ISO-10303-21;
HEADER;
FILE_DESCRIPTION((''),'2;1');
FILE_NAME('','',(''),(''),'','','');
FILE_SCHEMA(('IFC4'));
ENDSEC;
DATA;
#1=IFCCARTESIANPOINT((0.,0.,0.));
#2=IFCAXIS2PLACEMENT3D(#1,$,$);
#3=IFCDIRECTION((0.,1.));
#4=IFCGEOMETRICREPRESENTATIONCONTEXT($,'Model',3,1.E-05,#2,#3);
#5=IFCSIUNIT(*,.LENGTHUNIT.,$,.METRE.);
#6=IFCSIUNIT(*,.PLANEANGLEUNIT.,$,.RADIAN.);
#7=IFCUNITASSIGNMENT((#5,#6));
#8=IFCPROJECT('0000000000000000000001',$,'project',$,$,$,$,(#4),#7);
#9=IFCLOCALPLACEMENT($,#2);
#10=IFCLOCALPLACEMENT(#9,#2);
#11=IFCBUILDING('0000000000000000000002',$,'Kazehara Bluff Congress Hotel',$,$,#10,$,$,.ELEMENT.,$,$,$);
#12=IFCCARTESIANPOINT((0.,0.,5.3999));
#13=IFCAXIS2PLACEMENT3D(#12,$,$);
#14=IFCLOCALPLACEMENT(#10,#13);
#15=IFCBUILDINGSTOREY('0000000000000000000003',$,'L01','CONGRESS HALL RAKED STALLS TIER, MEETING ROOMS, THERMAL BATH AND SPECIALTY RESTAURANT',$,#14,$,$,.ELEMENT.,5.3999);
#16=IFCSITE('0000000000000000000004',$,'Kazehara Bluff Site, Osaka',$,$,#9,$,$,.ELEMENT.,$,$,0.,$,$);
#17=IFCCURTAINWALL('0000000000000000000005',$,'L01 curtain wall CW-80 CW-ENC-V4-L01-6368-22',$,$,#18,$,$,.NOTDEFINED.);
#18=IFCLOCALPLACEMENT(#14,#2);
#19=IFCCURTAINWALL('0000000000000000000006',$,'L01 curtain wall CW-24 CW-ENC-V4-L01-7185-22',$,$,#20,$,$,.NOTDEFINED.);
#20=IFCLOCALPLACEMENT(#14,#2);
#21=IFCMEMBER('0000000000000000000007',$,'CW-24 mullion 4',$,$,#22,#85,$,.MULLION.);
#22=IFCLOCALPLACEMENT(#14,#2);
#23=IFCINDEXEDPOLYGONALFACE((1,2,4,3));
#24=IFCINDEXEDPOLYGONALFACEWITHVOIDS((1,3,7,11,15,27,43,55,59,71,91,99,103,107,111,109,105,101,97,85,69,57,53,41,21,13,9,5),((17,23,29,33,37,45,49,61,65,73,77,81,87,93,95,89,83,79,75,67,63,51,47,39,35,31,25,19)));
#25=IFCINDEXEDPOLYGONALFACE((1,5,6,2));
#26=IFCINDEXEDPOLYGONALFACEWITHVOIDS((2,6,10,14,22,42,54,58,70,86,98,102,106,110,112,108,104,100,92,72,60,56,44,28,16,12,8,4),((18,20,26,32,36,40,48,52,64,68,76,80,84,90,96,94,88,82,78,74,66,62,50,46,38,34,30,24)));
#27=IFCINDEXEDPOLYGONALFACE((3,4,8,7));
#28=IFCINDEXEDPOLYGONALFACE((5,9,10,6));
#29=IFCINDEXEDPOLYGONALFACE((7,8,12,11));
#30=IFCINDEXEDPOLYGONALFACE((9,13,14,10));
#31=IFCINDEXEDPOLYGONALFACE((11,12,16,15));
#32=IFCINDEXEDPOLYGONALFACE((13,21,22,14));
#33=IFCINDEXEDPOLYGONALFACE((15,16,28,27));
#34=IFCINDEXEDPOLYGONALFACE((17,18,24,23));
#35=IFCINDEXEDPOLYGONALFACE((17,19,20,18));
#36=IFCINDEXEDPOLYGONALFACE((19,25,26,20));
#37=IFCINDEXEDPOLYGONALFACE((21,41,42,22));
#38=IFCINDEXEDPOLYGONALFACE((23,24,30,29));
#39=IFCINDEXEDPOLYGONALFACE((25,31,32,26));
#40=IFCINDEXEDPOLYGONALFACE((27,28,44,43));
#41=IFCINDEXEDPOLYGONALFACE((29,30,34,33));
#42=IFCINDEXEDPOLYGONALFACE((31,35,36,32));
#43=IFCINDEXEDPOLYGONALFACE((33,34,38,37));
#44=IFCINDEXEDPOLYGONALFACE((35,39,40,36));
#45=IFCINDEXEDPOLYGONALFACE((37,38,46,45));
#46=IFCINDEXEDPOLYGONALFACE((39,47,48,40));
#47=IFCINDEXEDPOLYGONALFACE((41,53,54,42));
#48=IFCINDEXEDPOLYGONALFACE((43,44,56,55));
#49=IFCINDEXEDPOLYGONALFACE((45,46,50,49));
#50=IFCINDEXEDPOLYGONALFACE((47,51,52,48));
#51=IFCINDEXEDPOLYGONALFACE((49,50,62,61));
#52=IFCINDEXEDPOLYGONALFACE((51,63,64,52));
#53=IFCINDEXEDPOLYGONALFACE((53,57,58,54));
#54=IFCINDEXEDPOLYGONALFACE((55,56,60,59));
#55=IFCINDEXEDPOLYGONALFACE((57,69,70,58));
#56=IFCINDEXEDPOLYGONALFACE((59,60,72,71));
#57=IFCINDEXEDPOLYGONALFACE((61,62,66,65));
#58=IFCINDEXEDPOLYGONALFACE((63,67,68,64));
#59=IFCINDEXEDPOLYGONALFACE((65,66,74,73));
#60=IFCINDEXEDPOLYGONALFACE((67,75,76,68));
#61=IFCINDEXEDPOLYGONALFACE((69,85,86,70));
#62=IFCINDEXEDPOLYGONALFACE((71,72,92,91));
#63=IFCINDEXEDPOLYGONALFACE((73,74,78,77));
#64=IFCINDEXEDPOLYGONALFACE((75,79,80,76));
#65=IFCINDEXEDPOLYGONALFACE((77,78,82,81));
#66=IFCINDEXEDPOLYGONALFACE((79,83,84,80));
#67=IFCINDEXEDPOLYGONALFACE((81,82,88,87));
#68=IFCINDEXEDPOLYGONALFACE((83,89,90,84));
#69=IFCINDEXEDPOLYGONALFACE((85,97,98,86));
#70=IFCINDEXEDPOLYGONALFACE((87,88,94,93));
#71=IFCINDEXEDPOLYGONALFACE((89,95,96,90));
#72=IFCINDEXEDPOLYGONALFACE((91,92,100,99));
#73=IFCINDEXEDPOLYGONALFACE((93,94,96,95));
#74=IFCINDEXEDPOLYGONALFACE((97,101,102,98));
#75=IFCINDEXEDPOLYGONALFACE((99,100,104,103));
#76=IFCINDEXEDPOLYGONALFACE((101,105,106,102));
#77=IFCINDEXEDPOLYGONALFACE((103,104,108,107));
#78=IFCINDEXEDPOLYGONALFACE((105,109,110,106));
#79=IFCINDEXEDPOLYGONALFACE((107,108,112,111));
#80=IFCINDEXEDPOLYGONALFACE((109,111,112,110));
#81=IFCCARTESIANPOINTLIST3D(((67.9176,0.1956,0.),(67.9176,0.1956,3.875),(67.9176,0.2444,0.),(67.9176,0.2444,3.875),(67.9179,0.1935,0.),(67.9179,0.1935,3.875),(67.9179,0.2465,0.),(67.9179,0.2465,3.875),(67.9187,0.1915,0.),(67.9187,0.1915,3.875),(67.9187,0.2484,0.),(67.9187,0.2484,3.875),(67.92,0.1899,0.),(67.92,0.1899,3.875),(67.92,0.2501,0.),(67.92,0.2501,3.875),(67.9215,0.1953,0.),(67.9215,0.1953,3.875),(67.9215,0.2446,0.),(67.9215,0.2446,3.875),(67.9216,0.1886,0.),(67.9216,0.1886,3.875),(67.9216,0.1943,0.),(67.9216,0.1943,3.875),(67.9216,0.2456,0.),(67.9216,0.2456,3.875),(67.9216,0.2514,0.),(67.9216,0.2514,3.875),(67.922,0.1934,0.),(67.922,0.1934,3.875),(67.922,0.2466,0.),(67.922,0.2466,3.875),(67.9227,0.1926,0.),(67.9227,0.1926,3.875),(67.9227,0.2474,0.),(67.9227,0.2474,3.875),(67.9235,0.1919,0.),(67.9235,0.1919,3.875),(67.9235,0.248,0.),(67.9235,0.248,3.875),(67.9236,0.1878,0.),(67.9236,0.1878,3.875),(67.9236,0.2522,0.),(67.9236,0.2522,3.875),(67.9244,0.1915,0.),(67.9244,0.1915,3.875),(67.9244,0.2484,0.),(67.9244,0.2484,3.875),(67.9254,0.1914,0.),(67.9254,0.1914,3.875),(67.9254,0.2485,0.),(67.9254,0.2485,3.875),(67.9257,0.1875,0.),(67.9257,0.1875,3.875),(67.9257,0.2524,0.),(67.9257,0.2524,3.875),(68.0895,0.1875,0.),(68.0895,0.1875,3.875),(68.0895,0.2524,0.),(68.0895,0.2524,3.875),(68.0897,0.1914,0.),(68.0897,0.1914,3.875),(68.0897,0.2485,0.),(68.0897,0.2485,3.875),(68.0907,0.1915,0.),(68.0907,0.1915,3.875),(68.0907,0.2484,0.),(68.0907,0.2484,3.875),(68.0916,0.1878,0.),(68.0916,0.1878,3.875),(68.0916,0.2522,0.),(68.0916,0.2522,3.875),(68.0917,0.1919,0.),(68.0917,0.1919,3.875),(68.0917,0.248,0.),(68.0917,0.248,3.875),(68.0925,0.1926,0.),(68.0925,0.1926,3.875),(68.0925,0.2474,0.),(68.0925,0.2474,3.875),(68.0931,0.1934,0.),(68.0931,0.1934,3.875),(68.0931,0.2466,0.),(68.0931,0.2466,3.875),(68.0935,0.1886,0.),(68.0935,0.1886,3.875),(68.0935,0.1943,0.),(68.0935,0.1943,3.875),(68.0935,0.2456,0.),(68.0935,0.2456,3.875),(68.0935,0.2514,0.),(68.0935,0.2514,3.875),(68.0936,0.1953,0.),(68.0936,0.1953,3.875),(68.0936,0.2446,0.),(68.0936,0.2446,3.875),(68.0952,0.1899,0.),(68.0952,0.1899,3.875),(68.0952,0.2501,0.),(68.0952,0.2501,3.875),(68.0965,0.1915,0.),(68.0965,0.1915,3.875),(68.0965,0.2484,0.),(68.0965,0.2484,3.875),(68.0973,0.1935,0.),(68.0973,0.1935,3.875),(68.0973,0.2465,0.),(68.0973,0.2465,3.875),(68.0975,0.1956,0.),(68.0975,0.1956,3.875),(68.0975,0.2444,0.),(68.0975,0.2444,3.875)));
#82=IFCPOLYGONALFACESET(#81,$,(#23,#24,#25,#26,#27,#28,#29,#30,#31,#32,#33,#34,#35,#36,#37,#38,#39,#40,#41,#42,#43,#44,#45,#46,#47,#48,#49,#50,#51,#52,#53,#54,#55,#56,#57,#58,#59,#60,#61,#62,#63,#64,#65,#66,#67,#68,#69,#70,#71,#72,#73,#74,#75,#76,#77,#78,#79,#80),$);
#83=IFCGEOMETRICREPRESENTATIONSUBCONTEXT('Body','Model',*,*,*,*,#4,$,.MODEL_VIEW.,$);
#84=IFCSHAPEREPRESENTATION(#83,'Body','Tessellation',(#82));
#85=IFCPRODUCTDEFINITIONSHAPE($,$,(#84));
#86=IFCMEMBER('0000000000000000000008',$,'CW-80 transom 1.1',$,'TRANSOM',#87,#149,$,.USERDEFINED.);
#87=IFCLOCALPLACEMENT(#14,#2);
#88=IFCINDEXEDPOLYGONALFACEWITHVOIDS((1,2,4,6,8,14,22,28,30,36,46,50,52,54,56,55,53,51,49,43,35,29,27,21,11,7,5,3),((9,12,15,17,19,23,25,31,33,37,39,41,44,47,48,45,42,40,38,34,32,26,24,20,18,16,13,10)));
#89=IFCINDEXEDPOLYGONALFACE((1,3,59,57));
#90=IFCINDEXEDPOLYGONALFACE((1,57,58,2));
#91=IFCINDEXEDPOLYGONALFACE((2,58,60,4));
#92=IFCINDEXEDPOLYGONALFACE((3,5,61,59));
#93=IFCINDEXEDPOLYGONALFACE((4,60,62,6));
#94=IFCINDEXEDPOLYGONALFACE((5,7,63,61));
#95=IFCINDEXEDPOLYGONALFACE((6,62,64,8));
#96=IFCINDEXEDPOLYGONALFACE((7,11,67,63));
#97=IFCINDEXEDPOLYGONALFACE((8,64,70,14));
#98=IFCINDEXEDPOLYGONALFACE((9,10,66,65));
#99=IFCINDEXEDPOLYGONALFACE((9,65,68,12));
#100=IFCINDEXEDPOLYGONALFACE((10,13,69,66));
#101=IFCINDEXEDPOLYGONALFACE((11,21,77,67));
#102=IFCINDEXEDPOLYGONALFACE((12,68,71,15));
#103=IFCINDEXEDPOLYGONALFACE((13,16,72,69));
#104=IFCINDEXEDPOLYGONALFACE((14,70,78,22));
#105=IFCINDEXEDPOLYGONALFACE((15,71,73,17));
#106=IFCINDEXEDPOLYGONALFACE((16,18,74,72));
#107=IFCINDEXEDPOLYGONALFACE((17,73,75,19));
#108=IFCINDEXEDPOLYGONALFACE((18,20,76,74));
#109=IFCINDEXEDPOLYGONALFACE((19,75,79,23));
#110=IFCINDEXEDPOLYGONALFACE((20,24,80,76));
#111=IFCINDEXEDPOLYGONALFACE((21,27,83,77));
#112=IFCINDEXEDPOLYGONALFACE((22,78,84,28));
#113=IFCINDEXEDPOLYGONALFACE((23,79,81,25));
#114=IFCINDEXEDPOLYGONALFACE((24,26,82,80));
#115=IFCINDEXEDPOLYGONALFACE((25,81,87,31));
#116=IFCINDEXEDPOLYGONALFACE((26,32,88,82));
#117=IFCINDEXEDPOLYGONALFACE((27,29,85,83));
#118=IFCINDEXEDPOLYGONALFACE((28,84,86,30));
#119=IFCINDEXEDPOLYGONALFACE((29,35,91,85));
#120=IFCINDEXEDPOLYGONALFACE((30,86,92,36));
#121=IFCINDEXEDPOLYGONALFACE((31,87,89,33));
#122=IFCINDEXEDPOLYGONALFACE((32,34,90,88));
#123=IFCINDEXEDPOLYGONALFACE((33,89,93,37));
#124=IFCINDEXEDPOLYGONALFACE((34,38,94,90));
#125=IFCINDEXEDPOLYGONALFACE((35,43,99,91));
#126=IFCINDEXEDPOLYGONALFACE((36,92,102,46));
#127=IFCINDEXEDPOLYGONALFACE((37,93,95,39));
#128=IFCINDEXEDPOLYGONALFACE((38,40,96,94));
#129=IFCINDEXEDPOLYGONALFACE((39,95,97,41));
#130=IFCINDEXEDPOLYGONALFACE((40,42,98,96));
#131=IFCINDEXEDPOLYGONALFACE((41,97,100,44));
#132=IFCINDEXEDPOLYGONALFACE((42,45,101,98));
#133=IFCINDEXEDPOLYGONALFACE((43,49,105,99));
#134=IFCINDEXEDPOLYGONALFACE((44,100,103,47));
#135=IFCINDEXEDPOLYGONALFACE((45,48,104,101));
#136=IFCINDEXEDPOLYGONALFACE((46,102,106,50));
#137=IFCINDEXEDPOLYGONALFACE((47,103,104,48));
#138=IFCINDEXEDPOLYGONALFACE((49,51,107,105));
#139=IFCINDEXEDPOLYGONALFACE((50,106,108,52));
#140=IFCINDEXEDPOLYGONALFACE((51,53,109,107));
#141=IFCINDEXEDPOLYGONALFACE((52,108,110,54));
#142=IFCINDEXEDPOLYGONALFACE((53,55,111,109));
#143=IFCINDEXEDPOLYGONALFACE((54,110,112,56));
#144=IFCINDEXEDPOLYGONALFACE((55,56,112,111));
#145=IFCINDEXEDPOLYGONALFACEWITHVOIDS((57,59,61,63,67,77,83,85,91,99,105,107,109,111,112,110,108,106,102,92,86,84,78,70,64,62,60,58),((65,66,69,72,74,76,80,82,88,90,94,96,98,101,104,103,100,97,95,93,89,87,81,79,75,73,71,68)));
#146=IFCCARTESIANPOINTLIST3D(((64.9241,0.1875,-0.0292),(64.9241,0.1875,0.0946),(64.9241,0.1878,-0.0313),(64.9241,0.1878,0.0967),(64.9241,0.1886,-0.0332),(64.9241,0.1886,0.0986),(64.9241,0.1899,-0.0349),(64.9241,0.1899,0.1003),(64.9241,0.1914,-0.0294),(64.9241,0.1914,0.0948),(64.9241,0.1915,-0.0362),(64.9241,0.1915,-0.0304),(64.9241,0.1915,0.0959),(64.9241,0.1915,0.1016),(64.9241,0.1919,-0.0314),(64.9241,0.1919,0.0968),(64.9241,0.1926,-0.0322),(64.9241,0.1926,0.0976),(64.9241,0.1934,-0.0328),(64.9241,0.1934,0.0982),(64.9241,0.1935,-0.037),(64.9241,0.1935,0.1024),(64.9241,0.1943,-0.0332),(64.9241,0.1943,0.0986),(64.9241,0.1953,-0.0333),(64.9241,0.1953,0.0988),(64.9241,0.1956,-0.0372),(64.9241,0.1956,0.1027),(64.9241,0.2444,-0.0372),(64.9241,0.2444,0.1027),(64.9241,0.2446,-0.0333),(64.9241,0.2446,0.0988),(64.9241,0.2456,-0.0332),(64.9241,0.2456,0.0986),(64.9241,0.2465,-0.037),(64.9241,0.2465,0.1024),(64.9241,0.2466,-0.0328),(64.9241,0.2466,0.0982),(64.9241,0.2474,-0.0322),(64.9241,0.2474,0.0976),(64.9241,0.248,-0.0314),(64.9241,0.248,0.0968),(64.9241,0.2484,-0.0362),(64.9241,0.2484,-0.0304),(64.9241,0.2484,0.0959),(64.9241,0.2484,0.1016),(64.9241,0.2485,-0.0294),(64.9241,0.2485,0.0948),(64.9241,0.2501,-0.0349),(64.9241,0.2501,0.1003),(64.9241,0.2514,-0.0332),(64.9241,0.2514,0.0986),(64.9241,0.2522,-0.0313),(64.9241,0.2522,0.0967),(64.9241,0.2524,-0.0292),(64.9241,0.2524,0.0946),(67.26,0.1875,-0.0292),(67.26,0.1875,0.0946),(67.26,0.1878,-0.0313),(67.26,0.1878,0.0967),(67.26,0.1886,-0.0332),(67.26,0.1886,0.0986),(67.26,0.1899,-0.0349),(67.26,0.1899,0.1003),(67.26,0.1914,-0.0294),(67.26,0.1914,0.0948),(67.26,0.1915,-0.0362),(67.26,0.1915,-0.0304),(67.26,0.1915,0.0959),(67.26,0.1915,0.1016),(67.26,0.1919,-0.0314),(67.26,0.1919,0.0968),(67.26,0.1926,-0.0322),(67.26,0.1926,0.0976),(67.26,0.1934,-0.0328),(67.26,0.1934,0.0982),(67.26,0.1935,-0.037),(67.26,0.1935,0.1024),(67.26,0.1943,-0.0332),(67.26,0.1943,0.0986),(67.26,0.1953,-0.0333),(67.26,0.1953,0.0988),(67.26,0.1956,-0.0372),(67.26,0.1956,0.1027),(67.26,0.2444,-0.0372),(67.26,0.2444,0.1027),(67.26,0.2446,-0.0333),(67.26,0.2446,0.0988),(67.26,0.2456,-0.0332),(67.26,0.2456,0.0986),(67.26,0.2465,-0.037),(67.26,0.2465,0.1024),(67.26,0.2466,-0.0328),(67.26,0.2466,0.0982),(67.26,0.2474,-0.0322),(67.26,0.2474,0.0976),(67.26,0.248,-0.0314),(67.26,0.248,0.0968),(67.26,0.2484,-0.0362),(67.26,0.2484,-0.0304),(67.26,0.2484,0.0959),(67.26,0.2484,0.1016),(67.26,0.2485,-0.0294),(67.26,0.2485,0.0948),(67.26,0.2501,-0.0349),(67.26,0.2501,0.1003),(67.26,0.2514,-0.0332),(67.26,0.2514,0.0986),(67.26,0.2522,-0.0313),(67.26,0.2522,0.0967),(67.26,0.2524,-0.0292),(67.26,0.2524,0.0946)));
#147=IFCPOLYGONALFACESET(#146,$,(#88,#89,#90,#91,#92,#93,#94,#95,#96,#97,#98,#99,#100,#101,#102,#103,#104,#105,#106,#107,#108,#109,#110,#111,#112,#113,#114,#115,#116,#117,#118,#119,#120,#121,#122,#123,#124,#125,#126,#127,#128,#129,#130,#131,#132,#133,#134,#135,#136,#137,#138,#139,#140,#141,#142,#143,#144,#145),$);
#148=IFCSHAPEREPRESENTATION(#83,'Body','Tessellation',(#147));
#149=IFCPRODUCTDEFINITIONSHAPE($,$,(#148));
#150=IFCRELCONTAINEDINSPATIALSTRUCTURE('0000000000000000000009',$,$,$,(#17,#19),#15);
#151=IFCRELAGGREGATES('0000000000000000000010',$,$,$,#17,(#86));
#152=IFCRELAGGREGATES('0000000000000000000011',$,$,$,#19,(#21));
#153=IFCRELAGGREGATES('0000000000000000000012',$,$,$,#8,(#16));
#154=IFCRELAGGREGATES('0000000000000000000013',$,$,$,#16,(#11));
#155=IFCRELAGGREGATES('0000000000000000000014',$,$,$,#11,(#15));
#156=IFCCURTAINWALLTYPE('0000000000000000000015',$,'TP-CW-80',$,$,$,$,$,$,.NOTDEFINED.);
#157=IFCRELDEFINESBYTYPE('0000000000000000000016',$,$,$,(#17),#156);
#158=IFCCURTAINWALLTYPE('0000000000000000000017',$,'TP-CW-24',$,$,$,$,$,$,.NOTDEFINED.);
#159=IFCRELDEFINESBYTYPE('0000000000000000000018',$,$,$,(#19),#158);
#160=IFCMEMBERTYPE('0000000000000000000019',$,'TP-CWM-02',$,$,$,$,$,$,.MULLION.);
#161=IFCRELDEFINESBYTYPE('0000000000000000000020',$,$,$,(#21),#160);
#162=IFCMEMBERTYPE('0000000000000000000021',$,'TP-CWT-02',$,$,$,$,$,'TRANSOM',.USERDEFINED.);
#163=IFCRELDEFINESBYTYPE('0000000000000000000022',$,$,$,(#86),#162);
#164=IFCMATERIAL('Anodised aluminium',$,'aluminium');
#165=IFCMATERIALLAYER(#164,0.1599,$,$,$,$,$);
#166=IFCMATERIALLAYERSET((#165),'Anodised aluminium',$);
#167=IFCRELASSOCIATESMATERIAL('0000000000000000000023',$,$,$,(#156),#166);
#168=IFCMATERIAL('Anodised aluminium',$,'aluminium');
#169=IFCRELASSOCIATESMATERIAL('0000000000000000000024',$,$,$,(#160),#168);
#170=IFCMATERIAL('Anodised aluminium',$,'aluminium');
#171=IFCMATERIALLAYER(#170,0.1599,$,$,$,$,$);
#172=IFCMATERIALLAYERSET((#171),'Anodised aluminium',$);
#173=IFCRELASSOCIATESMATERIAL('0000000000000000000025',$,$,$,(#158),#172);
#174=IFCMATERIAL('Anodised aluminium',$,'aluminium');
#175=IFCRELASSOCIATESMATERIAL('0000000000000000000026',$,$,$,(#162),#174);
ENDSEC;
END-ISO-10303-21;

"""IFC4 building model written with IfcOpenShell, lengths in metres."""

from ifc_helpers import new_model, si_unit, direction, frame, origin, origin_2d, place, context, subcontext, project, spatial, hollow_rectangle, extrude, material, layer, layer_set, material_profile, profile_set, type_object, element, aggregate, save


model = new_model("IFC4")

# Units and contexts
model_context = context("Model", 3, precision=1e-05, world=origin(), true_north=direction((0.0, 1.0)))
body_context = subcontext(model_context, "Body", "Model", "MODEL_VIEW")
ifc_project = project(units=[si_unit("LENGTHUNIT", "METRE"), si_unit("PLANEANGLEUNIT", "RADIAN")], contexts=[model_context])

# Site, building, storey
site_placement = place(None, origin())
site = spatial("IfcSite", under=ifc_project, at=site_placement, Name="Kazehara Bluff Site, Osaka", CompositionType="ELEMENT", RefElevation=0.0)
building_placement = place(site_placement, origin())
building = spatial("IfcBuilding", under=site, at=building_placement, Name="Kazehara Bluff Congress Hotel", CompositionType="ELEMENT")
storey_placement = place(building_placement, frame((0.0, 0.0, 5.3999)))
storey = spatial("IfcBuildingStorey", under=building, at=storey_placement, Name="L01", Description="CONGRESS HALL RAKED STALLS TIER, MEETING ROOMS, THERMAL BATH AND SPECIALTY RESTAURANT", CompositionType="ELEMENT", Elevation=5.3999)

# Curtain wall
ifc_material_1 = material(Name="Anodised aluminium", Category="aluminium")
ifc_layer_1 = layer(ifc_material_1, 0.1599)
ifc_layer_set_1 = layer_set([ifc_layer_1], Name="Anodised aluminium")
curtain_wall_type_1 = type_object("IfcCurtainWallType", Name="TP-CW-80", PredefinedType="NOTDEFINED", material=ifc_layer_set_1)
curtain_wall_1_placement = place(storey_placement, origin())
curtain_wall_1 = element("IfcCurtainWall", 1, at=curtain_wall_1_placement, inside=storey, type_object=curtain_wall_type_1, Name="L01 curtain wall CW-80 CW-ENC-V4-L01-6368-22", PredefinedType="NOTDEFINED")
ifc_material_2 = material(Name="Anodised aluminium", Category="aluminium")
ifc_material_profile_1 = material_profile(ifc_material_2, hollow_rectangle(XDim=0.0649, YDim=0.1799, WallThickness=0.0039, InnerFilletRadius=0.0039, OuterFilletRadius=0.0081, at=origin_2d()))
ifc_profile_set_1 = profile_set([ifc_material_profile_1], Name="Anodised aluminium")
member_type_1 = type_object("IfcMemberType", Name="TP-CWM-02", PredefinedType="MULLION", material=ifc_profile_set_1)

# Curtain wall, member
ifc_material_3 = material(Name="Anodised aluminium", Category="aluminium")
ifc_layer_2 = layer(ifc_material_3, 0.1599)
ifc_layer_set_2 = layer_set([ifc_layer_2], Name="Anodised aluminium")
curtain_wall_type_2 = type_object("IfcCurtainWallType", Name="TP-CW-24", PredefinedType="NOTDEFINED", material=ifc_layer_set_2)
curtain_wall_2_placement = place(storey_placement, origin())
curtain_wall_2 = element("IfcCurtainWall", 2, at=curtain_wall_2_placement, inside=storey, type_object=curtain_wall_type_2, Name="L01 curtain wall CW-24 CW-ENC-V4-L01-7185-22", PredefinedType="NOTDEFINED")
member_1_placement = place(storey_placement, frame((68.0076, 0.22, 0.0), z_axis=(0.0, 0.0, 1.0), x_axis=(0.0, -1.0, 0.0)))
member_1 = element("IfcMember", 3, at=member_1_placement, type_object=member_type_1, Name="CW-24 mullion 4", PredefinedType="MULLION", context=body_context, shape_type="SweptSolid", body=[
    extrude(hollow_rectangle(XDim=0.0649, YDim=0.1799, WallThickness=0.0039, InnerFilletRadius=0.0039, OuterFilletRadius=0.0081, at=origin_2d()), origin(), (0.0, 0.0, 1.0), 3.875),
])

# Member
ifc_material_4 = material(Name="Anodised aluminium", Category="aluminium")
ifc_material_profile_2 = material_profile(ifc_material_4, hollow_rectangle(XDim=0.0649, YDim=0.1399, WallThickness=0.0039, InnerFilletRadius=0.0039, OuterFilletRadius=0.0081, at=origin_2d()))
ifc_profile_set_2 = profile_set([ifc_material_profile_2], Name="Anodised aluminium")
member_type_2 = type_object("IfcMemberType", Name="TP-CWT-02", ElementType="TRANSOM", PredefinedType="USERDEFINED", material=ifc_profile_set_2)
member_2_placement = place(storey_placement, frame((67.26, 0.22, 0.0327), z_axis=(-1.0, 0.0, 0.0), x_axis=(0.0, -1.0, 0.0)))
member_2 = element("IfcMember", 4, at=member_2_placement, type_object=member_type_2, Name="CW-80 transom 1.1", ObjectType="TRANSOM", PredefinedType="USERDEFINED", context=body_context, shape_type="SweptSolid", body=[
    extrude(hollow_rectangle(XDim=0.0649, YDim=0.1399, WallThickness=0.0039, InnerFilletRadius=0.0039, OuterFilletRadius=0.0081, at=origin_2d()), origin(), (0.0, 0.0, 1.0), 2.3359),
])

aggregate(curtain_wall_1, [member_2])
aggregate(curtain_wall_2, [member_1])

save(model, "model.ifc")
